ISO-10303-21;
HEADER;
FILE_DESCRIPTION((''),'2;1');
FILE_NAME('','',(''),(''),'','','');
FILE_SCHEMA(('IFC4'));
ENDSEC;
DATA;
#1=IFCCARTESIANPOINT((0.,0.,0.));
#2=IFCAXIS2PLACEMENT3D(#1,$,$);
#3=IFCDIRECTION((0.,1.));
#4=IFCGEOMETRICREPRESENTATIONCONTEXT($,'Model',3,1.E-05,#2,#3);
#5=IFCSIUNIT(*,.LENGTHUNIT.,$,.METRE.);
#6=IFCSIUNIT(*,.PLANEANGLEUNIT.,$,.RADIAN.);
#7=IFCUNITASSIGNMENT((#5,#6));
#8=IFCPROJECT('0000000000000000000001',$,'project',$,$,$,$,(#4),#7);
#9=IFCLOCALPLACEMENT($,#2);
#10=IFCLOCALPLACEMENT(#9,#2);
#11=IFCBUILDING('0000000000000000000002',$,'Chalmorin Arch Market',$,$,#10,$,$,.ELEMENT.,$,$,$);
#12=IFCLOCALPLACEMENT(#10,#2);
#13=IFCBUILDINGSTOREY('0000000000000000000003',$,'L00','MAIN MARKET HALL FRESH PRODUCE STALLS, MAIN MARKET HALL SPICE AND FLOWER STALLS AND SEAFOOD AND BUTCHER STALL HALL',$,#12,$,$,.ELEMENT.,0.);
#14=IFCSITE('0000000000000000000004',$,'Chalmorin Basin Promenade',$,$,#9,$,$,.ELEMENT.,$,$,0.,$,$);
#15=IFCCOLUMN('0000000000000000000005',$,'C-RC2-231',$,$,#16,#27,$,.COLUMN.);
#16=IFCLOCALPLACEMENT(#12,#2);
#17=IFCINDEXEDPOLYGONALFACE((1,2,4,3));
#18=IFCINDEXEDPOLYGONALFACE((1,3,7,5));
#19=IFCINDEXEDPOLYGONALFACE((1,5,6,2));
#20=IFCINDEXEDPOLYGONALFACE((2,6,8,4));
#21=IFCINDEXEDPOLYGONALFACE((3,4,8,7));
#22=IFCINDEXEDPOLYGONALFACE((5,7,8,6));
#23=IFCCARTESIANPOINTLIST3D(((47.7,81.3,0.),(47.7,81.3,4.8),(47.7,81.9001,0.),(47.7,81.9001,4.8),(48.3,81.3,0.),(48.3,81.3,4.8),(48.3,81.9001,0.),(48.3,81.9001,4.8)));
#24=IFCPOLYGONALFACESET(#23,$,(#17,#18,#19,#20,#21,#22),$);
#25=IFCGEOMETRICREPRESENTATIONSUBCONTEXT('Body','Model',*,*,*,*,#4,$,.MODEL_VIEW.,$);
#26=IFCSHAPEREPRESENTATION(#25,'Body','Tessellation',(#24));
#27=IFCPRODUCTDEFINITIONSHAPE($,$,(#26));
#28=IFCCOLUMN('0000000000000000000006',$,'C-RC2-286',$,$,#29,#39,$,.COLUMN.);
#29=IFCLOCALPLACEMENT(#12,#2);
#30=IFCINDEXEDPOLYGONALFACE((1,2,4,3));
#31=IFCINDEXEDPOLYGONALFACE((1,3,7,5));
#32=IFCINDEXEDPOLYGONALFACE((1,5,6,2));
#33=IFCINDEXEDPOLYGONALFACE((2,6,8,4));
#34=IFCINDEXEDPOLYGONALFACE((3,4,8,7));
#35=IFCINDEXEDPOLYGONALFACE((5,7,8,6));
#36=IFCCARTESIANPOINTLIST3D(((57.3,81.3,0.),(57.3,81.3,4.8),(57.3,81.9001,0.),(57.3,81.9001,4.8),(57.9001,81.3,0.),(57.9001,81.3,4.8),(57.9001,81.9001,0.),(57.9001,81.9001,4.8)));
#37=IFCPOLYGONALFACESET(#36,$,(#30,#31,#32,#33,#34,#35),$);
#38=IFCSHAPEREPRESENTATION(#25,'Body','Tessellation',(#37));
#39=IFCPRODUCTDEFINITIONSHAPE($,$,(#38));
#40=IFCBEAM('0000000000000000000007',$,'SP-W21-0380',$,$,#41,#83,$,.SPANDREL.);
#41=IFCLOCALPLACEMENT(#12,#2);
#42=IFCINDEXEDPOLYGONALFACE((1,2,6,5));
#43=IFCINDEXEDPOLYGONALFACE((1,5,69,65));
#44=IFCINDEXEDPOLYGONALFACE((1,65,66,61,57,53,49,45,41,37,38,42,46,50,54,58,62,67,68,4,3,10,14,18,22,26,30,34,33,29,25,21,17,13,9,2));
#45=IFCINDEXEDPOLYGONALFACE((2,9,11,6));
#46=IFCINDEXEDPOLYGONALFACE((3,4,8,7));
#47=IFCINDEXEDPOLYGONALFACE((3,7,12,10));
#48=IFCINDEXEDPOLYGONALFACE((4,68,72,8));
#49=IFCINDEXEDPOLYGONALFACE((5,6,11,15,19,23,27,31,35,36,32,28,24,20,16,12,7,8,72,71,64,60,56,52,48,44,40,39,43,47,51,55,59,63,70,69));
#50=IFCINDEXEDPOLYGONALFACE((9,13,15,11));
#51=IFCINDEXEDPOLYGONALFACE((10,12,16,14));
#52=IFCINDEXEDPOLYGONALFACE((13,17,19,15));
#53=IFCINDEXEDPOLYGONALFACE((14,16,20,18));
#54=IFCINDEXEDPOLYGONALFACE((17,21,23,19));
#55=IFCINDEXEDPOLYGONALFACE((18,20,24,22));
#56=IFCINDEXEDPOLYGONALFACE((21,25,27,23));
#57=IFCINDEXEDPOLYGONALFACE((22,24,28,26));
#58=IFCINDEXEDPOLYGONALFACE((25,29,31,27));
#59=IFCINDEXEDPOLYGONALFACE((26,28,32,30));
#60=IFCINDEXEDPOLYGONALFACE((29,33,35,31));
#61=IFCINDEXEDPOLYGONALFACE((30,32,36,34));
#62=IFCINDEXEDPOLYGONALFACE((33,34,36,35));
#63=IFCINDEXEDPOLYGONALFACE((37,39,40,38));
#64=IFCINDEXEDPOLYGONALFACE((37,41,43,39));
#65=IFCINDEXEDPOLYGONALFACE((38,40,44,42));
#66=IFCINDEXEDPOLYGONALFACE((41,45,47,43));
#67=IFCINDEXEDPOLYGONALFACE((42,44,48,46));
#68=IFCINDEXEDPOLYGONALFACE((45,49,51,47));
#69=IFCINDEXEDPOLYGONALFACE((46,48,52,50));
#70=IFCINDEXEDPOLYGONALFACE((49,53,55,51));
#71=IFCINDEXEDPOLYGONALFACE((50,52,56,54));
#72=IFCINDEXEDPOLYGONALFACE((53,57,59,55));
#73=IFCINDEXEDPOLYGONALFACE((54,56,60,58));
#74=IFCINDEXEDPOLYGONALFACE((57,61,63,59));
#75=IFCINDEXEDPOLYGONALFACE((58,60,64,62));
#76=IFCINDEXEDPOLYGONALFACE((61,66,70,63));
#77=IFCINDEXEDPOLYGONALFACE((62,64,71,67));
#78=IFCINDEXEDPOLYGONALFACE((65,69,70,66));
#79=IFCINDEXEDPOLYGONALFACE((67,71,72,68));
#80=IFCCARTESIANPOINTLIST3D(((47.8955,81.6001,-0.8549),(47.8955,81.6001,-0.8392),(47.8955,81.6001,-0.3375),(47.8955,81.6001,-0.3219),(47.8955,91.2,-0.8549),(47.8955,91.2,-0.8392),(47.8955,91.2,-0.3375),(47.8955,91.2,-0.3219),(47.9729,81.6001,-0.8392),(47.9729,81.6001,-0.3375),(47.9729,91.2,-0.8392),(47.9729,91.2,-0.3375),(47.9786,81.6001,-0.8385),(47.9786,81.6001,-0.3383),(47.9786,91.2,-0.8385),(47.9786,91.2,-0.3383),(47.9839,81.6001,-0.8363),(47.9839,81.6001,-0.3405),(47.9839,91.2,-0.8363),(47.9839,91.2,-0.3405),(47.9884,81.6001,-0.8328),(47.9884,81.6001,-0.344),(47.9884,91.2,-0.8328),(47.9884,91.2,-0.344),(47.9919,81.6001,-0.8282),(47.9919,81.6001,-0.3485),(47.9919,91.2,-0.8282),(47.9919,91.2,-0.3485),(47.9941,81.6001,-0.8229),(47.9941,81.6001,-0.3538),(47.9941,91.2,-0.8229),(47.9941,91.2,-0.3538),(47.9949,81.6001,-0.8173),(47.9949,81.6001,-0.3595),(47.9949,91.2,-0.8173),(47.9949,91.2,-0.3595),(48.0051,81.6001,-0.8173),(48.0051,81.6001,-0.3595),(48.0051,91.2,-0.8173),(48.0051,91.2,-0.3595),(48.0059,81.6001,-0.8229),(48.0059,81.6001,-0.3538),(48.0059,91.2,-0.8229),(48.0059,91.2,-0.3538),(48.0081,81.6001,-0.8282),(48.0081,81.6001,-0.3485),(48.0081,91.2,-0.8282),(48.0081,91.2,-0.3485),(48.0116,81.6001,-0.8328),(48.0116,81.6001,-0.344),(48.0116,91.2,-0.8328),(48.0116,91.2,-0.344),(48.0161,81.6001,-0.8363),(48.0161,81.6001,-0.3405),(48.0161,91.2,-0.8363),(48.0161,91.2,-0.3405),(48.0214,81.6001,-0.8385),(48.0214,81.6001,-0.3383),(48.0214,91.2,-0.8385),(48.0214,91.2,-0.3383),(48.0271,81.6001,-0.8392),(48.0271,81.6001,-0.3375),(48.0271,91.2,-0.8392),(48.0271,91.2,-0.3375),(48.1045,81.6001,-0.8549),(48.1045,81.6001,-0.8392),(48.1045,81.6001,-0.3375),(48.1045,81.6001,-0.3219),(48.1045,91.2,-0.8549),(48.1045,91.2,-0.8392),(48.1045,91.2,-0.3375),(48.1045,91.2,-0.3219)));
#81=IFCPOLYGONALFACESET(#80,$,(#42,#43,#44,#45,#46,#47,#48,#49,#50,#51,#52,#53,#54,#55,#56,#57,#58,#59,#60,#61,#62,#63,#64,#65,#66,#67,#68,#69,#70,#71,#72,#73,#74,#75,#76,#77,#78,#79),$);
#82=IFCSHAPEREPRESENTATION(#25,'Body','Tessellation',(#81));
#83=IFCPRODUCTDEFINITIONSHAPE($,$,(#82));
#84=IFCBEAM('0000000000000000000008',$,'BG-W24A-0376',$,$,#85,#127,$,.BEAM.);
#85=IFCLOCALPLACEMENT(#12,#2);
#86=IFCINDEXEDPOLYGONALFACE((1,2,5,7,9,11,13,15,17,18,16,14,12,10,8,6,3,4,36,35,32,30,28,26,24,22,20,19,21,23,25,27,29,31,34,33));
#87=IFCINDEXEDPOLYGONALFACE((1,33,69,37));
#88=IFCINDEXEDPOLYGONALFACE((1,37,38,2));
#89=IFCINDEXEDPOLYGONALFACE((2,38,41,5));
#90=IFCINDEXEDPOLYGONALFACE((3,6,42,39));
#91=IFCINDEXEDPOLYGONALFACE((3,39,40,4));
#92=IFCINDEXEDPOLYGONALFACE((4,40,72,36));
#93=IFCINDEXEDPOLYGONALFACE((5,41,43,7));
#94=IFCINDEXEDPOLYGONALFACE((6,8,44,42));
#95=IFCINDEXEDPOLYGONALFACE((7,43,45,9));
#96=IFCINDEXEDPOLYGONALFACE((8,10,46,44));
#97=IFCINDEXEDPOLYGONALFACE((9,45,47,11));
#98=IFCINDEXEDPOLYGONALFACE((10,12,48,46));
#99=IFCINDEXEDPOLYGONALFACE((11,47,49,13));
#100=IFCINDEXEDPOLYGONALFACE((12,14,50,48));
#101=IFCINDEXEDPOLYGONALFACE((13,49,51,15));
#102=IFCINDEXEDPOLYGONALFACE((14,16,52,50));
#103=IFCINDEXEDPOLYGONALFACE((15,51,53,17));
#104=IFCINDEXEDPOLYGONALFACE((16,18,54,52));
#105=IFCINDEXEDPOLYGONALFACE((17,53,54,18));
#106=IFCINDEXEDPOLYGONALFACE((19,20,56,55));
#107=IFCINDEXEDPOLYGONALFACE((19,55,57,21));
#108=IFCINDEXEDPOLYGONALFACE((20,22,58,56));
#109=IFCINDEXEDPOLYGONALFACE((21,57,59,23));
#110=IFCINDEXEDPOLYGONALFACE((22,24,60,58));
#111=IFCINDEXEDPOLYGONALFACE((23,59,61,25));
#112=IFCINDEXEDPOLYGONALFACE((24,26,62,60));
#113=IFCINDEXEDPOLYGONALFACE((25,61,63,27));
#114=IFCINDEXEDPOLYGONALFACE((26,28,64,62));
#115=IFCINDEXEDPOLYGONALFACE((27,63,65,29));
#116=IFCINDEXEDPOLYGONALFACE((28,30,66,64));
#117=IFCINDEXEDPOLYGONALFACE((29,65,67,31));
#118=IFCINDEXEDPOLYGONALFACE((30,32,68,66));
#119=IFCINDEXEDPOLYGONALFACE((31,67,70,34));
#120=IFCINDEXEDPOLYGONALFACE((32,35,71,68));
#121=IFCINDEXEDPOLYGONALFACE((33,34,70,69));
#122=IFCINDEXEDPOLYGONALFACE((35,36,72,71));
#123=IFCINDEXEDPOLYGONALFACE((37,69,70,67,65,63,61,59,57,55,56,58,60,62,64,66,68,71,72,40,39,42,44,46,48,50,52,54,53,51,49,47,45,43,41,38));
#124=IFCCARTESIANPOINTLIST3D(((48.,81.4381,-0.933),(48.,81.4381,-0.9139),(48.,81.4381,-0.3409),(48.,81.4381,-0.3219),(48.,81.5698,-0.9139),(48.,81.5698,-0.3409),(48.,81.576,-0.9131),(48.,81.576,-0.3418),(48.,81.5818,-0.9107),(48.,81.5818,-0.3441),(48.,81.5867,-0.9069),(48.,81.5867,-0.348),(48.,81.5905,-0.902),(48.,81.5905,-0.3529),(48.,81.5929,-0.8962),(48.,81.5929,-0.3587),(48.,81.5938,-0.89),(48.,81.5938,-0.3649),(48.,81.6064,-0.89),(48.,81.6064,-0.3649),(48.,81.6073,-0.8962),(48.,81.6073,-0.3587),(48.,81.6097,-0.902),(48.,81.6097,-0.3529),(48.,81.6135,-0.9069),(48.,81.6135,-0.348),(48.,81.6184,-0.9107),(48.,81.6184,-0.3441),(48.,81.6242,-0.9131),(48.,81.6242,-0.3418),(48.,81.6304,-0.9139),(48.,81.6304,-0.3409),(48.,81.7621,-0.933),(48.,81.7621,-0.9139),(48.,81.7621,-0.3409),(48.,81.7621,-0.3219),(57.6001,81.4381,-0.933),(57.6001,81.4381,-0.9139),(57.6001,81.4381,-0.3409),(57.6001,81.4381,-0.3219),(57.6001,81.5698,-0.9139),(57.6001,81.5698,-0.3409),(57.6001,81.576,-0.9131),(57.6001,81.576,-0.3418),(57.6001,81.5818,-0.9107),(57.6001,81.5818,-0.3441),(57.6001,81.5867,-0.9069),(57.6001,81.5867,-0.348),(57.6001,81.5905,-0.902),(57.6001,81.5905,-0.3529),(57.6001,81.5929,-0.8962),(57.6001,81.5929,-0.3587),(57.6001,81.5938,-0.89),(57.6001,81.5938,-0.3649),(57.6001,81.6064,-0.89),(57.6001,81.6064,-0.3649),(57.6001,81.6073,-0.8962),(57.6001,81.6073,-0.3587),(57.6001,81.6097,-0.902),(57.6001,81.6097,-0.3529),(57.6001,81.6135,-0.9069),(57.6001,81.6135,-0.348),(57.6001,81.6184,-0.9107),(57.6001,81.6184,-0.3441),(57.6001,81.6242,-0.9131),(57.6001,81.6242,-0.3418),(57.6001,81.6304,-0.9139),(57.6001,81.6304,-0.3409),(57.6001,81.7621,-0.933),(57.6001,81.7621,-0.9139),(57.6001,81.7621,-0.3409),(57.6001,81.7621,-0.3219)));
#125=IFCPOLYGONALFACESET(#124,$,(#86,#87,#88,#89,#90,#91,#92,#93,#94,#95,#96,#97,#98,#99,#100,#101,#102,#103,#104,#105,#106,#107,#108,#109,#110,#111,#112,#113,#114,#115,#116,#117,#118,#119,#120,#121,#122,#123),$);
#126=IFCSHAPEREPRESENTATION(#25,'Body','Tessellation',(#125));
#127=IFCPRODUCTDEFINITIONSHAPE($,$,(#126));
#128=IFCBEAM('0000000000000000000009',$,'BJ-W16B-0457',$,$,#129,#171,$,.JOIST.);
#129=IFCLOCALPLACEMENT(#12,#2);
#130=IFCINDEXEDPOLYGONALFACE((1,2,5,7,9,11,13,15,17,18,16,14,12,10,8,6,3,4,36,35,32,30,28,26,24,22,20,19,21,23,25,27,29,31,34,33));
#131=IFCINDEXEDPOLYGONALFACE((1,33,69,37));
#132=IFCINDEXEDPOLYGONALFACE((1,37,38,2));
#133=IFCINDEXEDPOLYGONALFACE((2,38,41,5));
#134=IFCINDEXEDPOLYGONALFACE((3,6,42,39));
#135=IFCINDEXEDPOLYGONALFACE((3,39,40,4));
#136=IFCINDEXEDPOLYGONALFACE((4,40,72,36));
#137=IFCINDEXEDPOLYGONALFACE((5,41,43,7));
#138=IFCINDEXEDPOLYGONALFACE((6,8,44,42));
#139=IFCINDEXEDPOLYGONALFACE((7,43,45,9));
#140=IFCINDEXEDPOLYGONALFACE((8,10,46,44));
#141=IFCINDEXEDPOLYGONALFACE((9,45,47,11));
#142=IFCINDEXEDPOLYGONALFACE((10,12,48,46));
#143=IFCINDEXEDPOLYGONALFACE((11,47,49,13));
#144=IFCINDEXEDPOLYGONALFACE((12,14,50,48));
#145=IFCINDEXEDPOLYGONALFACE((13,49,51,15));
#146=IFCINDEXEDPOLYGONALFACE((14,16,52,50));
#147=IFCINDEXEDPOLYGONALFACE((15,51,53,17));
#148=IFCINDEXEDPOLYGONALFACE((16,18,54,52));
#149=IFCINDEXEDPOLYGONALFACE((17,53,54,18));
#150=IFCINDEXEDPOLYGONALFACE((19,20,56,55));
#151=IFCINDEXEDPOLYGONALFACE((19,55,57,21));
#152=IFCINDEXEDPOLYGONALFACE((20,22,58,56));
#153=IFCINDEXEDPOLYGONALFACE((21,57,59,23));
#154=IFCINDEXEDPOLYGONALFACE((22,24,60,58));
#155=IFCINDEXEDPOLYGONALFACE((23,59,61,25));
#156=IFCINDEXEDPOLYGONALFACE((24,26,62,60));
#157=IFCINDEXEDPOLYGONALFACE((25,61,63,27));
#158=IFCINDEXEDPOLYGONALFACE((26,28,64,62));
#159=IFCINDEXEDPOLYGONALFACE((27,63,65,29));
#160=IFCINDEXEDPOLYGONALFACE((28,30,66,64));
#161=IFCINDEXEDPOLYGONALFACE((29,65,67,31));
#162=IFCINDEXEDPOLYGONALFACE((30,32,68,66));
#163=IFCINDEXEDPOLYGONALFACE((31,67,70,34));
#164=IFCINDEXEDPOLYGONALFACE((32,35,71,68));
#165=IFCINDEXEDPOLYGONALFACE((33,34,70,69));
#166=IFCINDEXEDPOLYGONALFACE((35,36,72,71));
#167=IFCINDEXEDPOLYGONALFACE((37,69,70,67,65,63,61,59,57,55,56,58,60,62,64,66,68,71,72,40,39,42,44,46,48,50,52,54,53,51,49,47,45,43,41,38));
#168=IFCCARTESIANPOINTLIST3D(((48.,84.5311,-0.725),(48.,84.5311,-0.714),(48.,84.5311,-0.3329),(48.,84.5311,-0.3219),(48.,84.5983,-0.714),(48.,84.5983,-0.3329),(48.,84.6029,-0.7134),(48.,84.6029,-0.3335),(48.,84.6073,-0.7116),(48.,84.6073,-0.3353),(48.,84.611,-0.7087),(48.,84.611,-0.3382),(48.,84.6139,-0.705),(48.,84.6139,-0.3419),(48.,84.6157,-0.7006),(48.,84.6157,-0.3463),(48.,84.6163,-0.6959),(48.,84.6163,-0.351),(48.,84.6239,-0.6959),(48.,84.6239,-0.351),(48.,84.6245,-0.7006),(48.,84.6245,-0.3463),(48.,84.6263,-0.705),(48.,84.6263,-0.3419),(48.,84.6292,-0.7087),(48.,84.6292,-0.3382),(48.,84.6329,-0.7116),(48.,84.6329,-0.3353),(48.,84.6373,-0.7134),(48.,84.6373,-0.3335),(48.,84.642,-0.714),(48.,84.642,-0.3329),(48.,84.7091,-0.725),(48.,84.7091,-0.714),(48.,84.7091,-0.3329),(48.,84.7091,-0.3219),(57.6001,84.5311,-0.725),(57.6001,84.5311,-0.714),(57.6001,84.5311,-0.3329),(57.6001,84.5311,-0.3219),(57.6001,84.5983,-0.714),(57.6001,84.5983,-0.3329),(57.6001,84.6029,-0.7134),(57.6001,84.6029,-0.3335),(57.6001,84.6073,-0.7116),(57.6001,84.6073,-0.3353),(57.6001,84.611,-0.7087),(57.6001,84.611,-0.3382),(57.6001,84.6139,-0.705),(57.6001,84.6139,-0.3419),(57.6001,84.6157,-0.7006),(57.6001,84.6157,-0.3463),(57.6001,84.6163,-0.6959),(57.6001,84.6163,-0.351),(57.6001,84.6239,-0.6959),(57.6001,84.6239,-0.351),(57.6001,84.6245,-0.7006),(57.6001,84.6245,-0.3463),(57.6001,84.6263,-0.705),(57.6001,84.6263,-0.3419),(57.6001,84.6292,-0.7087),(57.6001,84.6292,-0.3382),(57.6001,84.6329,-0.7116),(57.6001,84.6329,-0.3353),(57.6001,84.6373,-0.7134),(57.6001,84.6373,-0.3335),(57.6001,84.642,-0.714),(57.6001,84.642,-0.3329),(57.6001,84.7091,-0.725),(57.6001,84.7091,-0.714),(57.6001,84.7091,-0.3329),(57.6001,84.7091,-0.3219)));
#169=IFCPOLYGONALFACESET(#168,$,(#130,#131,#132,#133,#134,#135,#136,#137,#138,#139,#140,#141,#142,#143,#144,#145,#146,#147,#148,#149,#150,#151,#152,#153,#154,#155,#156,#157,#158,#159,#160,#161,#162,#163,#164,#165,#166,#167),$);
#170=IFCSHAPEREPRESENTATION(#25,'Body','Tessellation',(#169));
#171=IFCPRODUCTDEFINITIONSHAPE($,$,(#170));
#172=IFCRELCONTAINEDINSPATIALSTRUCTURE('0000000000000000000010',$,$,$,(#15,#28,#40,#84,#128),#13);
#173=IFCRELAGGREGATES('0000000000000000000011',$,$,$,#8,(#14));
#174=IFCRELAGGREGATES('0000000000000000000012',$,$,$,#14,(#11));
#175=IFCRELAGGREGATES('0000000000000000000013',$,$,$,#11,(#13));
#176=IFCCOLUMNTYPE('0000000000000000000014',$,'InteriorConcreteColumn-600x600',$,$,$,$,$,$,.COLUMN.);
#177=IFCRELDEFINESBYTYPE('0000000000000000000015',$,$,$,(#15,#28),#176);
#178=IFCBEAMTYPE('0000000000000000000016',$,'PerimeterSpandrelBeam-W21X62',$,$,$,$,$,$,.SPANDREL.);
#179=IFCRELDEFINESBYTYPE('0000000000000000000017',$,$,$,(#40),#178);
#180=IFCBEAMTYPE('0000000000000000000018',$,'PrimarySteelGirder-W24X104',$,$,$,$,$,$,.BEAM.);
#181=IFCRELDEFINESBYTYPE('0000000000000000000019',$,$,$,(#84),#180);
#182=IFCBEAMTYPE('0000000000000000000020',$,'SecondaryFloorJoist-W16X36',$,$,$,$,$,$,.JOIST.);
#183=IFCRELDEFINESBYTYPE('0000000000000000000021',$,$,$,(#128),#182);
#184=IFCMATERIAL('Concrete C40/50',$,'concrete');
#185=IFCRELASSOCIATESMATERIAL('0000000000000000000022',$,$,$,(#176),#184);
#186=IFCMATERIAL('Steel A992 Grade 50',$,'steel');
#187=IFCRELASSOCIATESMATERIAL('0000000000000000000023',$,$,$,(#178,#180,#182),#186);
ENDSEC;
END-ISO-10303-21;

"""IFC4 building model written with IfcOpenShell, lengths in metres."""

from ifc_helpers import new_model, si_unit, direction, frame, origin, origin_2d, place, context, subcontext, project, spatial, rectangle, i_section, extrude, material, material_profile, profile_set, type_object, element, save


model = new_model("IFC4")

# Units and contexts
model_context = context("Model", 3, precision=1e-05, world=origin(), true_north=direction((0.0, 1.0)))
body_context = subcontext(model_context, "Body", "Model", "MODEL_VIEW")
ifc_project = project(units=[si_unit("LENGTHUNIT", "METRE"), si_unit("PLANEANGLEUNIT", "RADIAN")], contexts=[model_context])

# Site, building, storey
site_placement = place(None, origin())
site = spatial("IfcSite", under=ifc_project, at=site_placement, Name="Chalmorin Basin Promenade", CompositionType="ELEMENT", RefElevation=0.0)
building_placement = place(site_placement, origin())
building = spatial("IfcBuilding", under=site, at=building_placement, Name="Chalmorin Arch Market", CompositionType="ELEMENT")
storey_placement = place(building_placement, origin())
storey = spatial("IfcBuildingStorey", under=building, at=storey_placement, Name="L00", Description="MAIN MARKET HALL FRESH PRODUCE STALLS, MAIN MARKET HALL SPICE AND FLOWER STALLS AND SEAFOOD AND BUTCHER STALL HALL", CompositionType="ELEMENT", Elevation=0.0)

# Columns
ifc_material_1 = material(Name="Concrete C40/50", Category="concrete")
ifc_material_profile_1 = material_profile(ifc_material_1, rectangle(XDim=0.6001, YDim=0.6001, at=origin_2d()), Name="RC600X600")
ifc_profile_set_1 = profile_set([ifc_material_profile_1], Name="Concrete C40/50")
column_type = type_object("IfcColumnType", Name="InteriorConcreteColumn-600x600", PredefinedType="COLUMN", material=ifc_profile_set_1)
for number, where, z_axis, x_axis, name in (
    (1, (48.0, 81.6001, 0.0), (0.0, 0.0, 1.0), (1.0, 0.0, 0.0), "C-RC2-231"),
    (2, (57.6001, 81.6001, 0.0), (0.0, 0.0, 1.0), (1.0, 0.0, 0.0), "C-RC2-286"),
):
    element("IfcColumn", number, at=place(storey_placement, frame(where, z_axis=z_axis, x_axis=x_axis)), inside=storey, type_object=column_type, Name=name, PredefinedType="COLUMN", context=body_context, shape_type="SweptSolid", body=[
        extrude(rectangle(XDim=0.6001, YDim=0.6001, at=origin_2d()), origin(), (0.0, 0.0, 1.0), 4.8),
    ])

# Beams
ifc_material_2 = material(Name="Steel A992 Grade 50", Category="steel")
ifc_material_profile_2 = material_profile(ifc_material_2, i_section(OverallWidth=0.209, OverallDepth=0.533, WebThickness=0.0103, FlangeThickness=0.0156, FilletRadius=0.022, at=origin_2d()), Name="W21X62")
ifc_profile_set_2 = profile_set([ifc_material_profile_2], Name="Steel A992 Grade 50")
beam_type_1 = type_object("IfcBeamType", Name="PerimeterSpandrelBeam-W21X62", PredefinedType="SPANDREL", material=ifc_profile_set_2)
beam_1_placement = place(storey_placement, frame((48.0, 81.6001, -0.5884), z_axis=(0.0, 1.0, 0.0), x_axis=(-1.0, 0.0, 0.0)))
element("IfcBeam", 3, at=beam_1_placement, inside=storey, type_object=beam_type_1, Name="SP-W21-0380", PredefinedType="SPANDREL", context=body_context, shape_type="SweptSolid", body=[
    extrude(i_section(OverallWidth=0.209, OverallDepth=0.533, WebThickness=0.0103, FlangeThickness=0.0156, FilletRadius=0.022, at=origin_2d()), origin(), (0.0, 0.0, 1.0), 9.5999),
])
ifc_material_profile_3 = material_profile(ifc_material_2, i_section(OverallWidth=0.324, OverallDepth=0.6111, WebThickness=0.0127, FlangeThickness=0.019, FilletRadius=0.0239, at=origin_2d()), Name="W24X104")
ifc_profile_set_3 = profile_set([ifc_material_profile_3], Name="Steel A992 Grade 50")
beam_type_2 = type_object("IfcBeamType", Name="PrimarySteelGirder-W24X104", PredefinedType="BEAM", material=ifc_profile_set_3)
beam_2_placement = place(storey_placement, frame((48.0, 81.6001, -0.6274), z_axis=(1.0, 0.0, 0.0), x_axis=(0.0, 1.0, 0.0)))
element("IfcBeam", 4, at=beam_2_placement, inside=storey, type_object=beam_type_2, Name="BG-W24A-0376", PredefinedType="BEAM", context=body_context, shape_type="SweptSolid", body=[
    extrude(i_section(OverallWidth=0.324, OverallDepth=0.6111, WebThickness=0.0127, FlangeThickness=0.019, FilletRadius=0.0239, at=origin_2d()), origin(), (0.0, 0.0, 1.0), 9.6001),
])
ifc_material_profile_4 = material_profile(ifc_material_2, i_section(OverallWidth=0.178, OverallDepth=0.4031, WebThickness=0.0076, FlangeThickness=0.011, FilletRadius=0.0181, at=origin_2d()), Name="W16X36")
ifc_profile_set_4 = profile_set([ifc_material_profile_4], Name="Steel A992 Grade 50")
beam_type_3 = type_object("IfcBeamType", Name="SecondaryFloorJoist-W16X36", PredefinedType="JOIST", material=ifc_profile_set_4)
for number, where, z_axis, x_axis, name in (
    (5, (48.0, 84.6201, -0.5234), (1.0, 0.0, 0.0), (0.0, 1.0, 0.0), "BJ-W16B-0457"),
):
    element("IfcBeam", number, at=place(storey_placement, frame(where, z_axis=z_axis, x_axis=x_axis)), inside=storey, type_object=beam_type_3, Name=name, PredefinedType="JOIST", context=body_context, shape_type="SweptSolid", body=[
        extrude(i_section(OverallWidth=0.178, OverallDepth=0.4031, WebThickness=0.0076, FlangeThickness=0.011, FilletRadius=0.0181, at=origin_2d()), origin(), (0.0, 0.0, 1.0), 9.6001),
    ])

save(model, "model.ifc")
